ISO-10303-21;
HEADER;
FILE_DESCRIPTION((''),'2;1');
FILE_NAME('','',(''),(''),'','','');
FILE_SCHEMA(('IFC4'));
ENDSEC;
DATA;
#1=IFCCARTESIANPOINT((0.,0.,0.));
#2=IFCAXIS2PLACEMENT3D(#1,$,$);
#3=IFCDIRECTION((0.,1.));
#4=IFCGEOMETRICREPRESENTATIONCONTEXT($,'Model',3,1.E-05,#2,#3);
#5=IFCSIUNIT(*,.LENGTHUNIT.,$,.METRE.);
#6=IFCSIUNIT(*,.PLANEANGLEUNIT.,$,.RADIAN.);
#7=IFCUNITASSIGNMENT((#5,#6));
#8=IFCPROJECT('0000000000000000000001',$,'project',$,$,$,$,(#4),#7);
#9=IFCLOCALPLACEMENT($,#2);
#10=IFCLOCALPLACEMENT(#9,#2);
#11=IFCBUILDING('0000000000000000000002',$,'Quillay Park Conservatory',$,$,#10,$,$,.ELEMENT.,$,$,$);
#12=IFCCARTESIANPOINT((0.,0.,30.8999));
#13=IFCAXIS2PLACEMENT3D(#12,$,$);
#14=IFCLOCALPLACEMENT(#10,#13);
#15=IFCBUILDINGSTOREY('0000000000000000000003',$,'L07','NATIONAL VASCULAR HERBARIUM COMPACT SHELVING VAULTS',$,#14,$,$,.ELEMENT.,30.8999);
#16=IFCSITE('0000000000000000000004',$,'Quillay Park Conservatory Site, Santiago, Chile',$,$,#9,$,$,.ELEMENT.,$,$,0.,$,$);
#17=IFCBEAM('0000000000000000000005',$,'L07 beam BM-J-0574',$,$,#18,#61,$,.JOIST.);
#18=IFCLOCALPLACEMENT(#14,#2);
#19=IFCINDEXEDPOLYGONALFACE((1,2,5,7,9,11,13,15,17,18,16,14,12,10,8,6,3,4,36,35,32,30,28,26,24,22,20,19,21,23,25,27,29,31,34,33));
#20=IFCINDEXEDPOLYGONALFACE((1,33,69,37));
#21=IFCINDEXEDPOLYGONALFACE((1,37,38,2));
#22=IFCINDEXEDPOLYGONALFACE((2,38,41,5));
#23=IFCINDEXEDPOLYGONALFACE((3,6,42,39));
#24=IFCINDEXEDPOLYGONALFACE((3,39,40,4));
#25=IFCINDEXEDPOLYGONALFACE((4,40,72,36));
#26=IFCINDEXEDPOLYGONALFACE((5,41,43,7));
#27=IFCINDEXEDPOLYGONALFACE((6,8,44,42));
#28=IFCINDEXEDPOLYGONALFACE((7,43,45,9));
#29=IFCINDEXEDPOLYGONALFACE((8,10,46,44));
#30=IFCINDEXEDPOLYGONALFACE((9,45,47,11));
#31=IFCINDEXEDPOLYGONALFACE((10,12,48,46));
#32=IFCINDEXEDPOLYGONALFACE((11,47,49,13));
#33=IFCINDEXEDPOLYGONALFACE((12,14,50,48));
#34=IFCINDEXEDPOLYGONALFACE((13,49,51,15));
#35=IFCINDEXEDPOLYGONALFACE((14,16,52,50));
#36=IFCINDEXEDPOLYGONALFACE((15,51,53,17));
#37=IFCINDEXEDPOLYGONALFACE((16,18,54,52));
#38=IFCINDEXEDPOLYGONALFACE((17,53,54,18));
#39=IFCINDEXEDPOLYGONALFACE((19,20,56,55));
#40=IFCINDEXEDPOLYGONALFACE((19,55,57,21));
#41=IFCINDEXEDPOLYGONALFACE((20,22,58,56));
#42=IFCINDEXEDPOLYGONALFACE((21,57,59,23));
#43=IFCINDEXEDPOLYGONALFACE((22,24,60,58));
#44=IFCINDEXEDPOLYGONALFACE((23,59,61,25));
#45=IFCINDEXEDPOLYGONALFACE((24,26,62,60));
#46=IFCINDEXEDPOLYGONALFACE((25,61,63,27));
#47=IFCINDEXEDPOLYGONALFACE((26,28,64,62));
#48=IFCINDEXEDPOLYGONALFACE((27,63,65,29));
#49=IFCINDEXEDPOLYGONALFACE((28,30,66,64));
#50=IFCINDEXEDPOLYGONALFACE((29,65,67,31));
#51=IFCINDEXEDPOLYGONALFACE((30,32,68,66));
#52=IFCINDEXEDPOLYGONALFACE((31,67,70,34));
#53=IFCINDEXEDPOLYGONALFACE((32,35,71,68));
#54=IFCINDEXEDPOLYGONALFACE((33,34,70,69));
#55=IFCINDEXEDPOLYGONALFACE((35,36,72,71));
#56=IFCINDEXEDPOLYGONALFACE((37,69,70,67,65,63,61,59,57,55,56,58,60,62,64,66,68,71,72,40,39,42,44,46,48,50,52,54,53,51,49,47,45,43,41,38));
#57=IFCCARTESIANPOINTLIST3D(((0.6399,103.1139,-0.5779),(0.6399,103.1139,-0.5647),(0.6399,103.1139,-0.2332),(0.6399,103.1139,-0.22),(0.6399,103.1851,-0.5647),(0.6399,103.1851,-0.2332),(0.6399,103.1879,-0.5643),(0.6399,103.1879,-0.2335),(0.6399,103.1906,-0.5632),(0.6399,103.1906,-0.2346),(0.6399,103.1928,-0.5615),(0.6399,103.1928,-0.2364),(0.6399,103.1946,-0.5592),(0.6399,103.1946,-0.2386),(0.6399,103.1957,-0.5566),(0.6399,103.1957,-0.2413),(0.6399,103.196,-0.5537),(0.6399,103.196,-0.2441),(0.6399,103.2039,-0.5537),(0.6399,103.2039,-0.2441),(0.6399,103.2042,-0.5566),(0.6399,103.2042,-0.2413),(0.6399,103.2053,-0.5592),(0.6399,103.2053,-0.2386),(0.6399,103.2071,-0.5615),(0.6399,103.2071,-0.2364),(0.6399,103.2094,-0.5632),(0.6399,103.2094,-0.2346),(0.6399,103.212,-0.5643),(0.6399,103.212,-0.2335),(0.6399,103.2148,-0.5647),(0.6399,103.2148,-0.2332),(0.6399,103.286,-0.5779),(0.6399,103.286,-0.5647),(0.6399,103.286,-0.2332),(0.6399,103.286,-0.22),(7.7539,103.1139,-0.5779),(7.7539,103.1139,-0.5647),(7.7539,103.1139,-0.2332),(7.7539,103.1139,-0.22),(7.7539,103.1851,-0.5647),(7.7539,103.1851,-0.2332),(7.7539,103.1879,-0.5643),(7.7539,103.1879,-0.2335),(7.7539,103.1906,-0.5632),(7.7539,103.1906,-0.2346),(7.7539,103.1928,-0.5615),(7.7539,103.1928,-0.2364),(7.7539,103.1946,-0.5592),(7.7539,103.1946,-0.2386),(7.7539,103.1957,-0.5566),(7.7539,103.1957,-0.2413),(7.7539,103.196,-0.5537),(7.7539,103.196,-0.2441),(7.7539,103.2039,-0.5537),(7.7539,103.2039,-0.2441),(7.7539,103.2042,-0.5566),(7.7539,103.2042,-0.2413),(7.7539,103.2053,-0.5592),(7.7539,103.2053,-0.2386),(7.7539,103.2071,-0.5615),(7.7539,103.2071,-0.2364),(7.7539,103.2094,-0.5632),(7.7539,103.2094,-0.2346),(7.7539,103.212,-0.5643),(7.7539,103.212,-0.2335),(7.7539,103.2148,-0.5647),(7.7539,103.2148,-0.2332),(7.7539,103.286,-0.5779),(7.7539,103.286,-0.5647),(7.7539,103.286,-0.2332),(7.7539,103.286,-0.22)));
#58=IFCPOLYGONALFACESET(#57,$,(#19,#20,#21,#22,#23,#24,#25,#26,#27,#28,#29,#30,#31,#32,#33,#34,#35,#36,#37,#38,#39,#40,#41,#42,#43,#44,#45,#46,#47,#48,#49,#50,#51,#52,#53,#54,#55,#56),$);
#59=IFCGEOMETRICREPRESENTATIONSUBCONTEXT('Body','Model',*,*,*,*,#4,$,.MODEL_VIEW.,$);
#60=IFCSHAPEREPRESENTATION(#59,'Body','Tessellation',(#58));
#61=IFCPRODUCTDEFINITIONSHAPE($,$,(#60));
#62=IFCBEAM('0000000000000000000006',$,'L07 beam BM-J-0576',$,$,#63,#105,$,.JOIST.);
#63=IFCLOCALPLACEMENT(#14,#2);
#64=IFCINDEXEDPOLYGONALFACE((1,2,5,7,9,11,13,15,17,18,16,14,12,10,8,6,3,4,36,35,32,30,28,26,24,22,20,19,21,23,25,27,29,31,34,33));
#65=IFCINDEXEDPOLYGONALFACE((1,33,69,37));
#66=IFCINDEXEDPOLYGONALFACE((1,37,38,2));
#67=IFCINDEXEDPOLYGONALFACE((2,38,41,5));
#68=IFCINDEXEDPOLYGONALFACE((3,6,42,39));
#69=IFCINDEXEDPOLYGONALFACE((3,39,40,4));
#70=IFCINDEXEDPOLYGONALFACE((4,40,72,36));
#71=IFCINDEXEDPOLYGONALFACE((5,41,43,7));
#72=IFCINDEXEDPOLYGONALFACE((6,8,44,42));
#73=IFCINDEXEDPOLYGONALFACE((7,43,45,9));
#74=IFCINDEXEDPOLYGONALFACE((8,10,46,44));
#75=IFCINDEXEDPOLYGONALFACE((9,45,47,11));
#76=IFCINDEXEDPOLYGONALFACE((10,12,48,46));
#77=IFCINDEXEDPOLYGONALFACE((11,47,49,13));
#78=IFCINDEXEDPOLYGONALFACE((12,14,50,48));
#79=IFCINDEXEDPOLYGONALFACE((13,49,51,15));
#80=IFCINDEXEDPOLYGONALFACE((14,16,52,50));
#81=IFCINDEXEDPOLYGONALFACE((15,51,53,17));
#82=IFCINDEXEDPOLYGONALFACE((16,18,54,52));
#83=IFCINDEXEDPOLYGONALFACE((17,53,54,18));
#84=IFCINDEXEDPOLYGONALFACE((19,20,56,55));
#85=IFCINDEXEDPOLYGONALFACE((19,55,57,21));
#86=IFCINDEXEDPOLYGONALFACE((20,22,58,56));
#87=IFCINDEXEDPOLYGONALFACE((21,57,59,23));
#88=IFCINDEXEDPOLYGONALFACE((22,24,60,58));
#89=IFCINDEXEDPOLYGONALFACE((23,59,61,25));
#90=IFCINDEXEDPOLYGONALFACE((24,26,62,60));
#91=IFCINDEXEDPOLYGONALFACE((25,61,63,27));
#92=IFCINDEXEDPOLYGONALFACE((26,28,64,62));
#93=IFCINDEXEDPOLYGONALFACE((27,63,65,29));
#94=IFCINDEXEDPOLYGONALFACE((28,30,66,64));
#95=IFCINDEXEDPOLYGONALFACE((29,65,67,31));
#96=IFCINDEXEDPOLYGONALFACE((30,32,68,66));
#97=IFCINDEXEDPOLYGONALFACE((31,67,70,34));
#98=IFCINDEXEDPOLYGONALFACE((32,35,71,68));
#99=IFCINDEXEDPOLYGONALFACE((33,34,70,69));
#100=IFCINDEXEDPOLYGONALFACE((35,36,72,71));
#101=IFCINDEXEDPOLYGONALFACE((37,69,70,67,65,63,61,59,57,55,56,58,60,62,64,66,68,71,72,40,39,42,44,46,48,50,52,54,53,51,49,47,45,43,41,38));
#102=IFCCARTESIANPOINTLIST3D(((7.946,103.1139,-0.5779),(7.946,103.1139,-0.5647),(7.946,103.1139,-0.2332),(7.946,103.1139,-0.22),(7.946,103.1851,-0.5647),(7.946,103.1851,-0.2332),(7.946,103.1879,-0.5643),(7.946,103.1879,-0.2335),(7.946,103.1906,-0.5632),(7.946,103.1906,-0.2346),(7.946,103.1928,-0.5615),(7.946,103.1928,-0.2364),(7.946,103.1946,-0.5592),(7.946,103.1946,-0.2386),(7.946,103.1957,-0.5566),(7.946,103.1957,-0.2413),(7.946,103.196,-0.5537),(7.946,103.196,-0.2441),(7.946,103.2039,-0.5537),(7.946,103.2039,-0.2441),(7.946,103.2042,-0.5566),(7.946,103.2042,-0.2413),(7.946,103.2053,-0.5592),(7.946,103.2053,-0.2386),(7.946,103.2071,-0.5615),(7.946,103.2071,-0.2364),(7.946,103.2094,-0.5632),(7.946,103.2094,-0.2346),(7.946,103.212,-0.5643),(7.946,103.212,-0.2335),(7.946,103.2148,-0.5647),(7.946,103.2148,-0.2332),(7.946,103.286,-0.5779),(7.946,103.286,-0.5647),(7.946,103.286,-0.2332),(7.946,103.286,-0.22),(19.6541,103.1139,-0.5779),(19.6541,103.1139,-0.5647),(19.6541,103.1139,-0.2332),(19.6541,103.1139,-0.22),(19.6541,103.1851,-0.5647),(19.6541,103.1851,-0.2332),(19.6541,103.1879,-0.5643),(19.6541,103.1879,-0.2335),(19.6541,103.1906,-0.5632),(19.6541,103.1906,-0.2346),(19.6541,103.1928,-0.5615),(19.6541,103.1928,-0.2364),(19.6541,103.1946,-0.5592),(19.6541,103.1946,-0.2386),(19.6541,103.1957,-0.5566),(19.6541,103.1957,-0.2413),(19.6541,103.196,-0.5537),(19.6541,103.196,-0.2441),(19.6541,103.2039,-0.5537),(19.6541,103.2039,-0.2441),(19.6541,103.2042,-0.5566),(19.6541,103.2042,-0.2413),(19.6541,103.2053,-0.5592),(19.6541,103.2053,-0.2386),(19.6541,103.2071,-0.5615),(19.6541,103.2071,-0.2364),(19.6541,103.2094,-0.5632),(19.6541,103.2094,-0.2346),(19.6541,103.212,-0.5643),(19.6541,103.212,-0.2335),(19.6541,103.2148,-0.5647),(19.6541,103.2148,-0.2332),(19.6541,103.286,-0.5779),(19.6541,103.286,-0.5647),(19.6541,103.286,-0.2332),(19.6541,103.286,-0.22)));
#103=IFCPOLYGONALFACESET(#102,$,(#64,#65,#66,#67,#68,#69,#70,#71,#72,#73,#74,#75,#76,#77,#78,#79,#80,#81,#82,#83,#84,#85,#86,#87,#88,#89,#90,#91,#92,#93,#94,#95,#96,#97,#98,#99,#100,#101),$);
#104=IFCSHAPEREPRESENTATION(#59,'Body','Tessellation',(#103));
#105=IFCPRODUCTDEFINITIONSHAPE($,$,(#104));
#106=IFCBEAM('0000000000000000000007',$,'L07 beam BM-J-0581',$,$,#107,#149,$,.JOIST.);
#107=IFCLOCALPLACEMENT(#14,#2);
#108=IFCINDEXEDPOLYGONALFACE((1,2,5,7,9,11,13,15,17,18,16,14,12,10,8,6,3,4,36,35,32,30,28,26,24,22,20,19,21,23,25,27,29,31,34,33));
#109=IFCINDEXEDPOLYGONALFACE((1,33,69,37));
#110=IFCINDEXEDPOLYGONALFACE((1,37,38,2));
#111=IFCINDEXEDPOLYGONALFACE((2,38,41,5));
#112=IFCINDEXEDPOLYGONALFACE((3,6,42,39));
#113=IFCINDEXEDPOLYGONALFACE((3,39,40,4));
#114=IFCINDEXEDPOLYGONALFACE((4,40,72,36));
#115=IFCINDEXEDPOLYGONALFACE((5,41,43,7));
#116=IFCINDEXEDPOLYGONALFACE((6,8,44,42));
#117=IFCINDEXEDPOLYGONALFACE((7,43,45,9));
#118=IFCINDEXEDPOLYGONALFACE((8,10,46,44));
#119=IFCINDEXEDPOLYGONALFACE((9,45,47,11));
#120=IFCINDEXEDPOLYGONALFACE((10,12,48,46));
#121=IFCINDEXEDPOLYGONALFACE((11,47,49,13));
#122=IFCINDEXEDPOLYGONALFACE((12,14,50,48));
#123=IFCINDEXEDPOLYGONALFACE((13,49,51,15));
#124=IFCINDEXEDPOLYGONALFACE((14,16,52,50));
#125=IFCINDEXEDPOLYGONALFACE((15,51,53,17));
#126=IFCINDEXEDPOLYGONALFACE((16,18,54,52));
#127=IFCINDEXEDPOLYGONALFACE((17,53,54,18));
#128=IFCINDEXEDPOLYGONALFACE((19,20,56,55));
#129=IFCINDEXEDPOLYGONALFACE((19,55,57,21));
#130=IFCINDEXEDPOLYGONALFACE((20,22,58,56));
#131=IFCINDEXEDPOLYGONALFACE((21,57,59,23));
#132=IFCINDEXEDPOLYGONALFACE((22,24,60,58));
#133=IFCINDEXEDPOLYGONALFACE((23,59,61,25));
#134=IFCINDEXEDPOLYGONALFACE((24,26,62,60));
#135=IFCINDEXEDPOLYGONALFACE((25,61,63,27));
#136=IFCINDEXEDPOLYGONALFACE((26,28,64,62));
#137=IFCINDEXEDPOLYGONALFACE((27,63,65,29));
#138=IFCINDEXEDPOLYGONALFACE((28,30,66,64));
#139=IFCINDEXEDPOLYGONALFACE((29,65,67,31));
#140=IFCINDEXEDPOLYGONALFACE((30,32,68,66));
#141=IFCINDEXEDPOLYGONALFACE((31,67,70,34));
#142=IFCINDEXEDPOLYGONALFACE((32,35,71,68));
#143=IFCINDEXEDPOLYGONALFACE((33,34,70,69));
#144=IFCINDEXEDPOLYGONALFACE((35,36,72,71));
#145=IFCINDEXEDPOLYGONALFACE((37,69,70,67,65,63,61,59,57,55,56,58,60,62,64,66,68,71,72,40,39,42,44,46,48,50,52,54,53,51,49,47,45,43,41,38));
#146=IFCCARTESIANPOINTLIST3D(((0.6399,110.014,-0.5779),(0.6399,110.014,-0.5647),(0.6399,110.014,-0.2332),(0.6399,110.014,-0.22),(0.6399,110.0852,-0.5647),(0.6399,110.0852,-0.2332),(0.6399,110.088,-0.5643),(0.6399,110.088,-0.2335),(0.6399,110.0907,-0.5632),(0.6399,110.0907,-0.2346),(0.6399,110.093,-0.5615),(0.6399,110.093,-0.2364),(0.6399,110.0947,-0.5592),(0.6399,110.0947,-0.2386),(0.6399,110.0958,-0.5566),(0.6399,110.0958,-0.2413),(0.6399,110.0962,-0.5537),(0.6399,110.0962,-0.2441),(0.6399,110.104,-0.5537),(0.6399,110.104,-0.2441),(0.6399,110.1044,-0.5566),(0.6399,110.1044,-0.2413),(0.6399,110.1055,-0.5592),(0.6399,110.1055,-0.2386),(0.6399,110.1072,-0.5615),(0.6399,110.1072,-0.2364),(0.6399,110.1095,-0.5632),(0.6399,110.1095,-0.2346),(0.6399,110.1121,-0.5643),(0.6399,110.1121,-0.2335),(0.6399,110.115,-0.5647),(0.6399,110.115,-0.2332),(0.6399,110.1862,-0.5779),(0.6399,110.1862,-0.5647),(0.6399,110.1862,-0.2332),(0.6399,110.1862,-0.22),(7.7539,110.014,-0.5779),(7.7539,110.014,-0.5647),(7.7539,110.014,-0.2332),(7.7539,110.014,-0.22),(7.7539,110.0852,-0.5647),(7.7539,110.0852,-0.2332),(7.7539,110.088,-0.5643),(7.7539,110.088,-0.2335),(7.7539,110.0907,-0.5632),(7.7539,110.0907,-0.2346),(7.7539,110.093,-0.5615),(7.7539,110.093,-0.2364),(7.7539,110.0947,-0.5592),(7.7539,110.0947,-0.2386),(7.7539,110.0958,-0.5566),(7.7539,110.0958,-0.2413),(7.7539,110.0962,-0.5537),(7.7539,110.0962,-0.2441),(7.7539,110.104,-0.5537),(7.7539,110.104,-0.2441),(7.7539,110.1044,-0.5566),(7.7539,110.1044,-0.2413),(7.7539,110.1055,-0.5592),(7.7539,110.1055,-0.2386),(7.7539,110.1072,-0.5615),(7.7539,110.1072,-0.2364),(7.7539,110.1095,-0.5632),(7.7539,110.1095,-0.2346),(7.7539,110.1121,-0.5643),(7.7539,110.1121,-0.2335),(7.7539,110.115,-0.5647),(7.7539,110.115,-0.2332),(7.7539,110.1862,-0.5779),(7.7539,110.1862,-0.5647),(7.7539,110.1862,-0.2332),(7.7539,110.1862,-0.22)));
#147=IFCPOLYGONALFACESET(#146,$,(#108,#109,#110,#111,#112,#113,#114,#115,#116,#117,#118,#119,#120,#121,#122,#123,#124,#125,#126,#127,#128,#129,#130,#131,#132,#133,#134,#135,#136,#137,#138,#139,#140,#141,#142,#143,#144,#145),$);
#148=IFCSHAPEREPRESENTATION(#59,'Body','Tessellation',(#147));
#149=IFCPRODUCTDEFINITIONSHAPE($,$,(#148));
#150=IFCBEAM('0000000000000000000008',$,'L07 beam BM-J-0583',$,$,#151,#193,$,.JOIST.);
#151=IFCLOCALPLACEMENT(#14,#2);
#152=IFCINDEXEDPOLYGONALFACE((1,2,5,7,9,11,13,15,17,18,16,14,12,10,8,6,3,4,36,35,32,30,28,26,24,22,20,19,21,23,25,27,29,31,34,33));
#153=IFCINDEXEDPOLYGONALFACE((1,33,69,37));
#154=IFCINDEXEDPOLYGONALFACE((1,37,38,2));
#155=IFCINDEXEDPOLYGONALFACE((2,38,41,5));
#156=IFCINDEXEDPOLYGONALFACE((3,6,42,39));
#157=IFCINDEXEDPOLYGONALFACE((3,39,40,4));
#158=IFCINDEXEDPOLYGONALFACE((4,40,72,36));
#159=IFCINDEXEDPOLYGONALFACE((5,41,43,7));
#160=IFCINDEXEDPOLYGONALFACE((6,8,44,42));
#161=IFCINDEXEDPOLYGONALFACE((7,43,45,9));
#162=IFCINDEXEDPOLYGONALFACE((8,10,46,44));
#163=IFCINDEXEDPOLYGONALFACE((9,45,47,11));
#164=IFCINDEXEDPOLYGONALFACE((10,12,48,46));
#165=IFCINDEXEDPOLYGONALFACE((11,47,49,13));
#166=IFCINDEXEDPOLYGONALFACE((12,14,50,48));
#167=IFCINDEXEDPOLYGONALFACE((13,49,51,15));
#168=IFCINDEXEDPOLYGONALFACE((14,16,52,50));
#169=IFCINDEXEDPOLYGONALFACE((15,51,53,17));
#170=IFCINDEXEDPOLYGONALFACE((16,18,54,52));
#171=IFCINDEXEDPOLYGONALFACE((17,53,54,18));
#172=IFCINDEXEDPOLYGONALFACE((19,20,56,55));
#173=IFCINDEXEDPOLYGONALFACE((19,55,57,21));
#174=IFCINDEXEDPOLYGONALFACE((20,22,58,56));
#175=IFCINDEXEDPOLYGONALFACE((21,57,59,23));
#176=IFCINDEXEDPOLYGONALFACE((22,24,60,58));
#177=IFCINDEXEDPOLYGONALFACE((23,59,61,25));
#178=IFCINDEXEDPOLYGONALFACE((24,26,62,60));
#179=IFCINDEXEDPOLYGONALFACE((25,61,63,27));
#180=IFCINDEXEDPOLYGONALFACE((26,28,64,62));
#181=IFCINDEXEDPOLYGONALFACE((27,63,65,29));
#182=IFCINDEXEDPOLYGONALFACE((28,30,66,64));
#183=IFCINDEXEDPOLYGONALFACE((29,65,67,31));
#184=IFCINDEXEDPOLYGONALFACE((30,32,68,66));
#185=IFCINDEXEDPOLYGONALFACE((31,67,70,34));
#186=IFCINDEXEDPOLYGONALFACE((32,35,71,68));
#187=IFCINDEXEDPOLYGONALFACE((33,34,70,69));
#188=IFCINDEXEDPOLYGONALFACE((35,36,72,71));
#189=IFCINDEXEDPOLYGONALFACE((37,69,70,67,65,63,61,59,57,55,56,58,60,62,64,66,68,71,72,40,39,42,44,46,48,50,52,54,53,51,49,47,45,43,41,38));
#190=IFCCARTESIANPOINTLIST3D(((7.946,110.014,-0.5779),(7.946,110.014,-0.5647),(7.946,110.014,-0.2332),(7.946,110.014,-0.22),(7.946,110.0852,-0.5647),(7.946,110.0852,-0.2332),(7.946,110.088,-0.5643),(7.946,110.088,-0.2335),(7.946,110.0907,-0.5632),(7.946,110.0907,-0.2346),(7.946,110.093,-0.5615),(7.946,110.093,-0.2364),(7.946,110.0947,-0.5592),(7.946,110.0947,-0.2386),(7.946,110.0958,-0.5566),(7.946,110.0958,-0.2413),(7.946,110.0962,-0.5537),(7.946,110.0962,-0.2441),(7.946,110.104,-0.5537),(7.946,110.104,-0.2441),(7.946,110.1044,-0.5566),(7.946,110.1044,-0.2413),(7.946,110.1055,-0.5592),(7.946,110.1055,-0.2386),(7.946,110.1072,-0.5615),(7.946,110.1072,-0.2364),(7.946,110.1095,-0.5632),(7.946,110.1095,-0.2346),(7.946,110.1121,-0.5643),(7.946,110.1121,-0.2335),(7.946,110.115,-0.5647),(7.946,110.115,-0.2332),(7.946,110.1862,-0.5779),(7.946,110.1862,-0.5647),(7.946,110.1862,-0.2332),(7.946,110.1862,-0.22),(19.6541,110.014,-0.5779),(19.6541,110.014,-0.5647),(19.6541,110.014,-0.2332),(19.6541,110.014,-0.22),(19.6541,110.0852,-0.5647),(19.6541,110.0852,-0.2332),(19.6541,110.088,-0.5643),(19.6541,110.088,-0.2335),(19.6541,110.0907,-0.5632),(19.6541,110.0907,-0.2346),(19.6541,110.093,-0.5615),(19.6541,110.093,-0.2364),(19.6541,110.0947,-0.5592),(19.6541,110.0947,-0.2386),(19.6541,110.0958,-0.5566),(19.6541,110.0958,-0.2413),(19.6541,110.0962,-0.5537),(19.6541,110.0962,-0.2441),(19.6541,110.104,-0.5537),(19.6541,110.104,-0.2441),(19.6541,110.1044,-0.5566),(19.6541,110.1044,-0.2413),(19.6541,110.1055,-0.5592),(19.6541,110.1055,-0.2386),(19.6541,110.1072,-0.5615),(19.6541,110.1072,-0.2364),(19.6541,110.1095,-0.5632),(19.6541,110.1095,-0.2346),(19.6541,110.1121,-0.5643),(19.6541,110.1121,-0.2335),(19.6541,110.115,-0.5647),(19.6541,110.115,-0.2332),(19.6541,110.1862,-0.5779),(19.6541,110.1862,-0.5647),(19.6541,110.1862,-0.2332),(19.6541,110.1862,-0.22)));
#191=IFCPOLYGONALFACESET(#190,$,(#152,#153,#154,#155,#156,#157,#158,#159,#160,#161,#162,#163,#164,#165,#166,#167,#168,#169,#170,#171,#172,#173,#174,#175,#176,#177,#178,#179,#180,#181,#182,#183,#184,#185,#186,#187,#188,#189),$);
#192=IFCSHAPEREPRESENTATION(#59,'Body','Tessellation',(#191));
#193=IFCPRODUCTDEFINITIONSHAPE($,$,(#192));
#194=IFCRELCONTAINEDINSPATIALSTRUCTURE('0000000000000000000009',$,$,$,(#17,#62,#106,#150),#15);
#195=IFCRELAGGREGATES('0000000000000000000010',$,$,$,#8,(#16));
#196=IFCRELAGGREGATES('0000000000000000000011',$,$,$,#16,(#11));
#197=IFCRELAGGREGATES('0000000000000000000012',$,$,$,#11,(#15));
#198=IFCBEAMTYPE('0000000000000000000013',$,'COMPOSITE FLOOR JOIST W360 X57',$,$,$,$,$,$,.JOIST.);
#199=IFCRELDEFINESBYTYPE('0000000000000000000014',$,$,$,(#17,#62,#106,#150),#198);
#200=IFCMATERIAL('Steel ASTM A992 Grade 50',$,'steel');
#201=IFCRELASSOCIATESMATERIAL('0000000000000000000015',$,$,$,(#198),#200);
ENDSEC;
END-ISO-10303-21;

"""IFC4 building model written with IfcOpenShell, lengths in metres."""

from ifc_helpers import new_model, si_unit, direction, frame, origin, origin_2d, place, context, subcontext, project, spatial, i_section, extrude, material, material_profile, profile_set, type_object, element, save


model = new_model("IFC4")

# Units and contexts
model_context = context("Model", 3, precision=1e-05, world=origin(), true_north=direction((0.0, 1.0)))
body_context = subcontext(model_context, "Body", "Model", "MODEL_VIEW")
ifc_project = project(units=[si_unit("LENGTHUNIT", "METRE"), si_unit("PLANEANGLEUNIT", "RADIAN")], contexts=[model_context])

# Site, building, storey
site_placement = place(None, origin())
site = spatial("IfcSite", under=ifc_project, at=site_placement, Name="Quillay Park Conservatory Site, Santiago, Chile", CompositionType="ELEMENT", RefElevation=0.0)
building_placement = place(site_placement, origin())
building = spatial("IfcBuilding", under=site, at=building_placement, Name="Quillay Park Conservatory", CompositionType="ELEMENT")
storey_placement = place(building_placement, frame((0.0, 0.0, 30.8999)))
storey = spatial("IfcBuildingStorey", under=building, at=storey_placement, Name="L07", Description="NATIONAL VASCULAR HERBARIUM COMPACT SHELVING VAULTS", CompositionType="ELEMENT", Elevation=30.8999)

# Beams
ifc_material_1 = material(Name="Steel ASTM A992 Grade 50", Category="steel")
ifc_material_profile_1 = material_profile(ifc_material_1, i_section(OverallWidth=0.1721, OverallDepth=0.3579, WebThickness=0.0078, FlangeThickness=0.0132, FilletRadius=0.011, at=origin_2d()), Name="W360x57")
ifc_profile_set_1 = profile_set([ifc_material_profile_1], Name="Steel ASTM A992 Grade 50")
beam_type_1 = type_object("IfcBeamType", Name="COMPOSITE FLOOR JOIST W360 X57", PredefinedType="JOIST", material=ifc_profile_set_1)
beam_1_placement = place(storey_placement, frame((0.6399, 103.2, -0.3989), z_axis=(1.0, 0.0, 0.0), x_axis=(0.0, 1.0, 0.0)))
element("IfcBeam", 1, at=beam_1_placement, inside=storey, type_object=beam_type_1, Name="L07 beam BM-J-0574", PredefinedType="JOIST", context=body_context, shape_type="SweptSolid", body=[
    extrude(i_section(OverallWidth=0.1721, OverallDepth=0.3579, WebThickness=0.0078, FlangeThickness=0.0132, FilletRadius=0.011, at=origin_2d()), origin(), (0.0, 0.0, 1.0), 7.114),
])
beam_2_placement = place(storey_placement, frame((7.946, 103.2, -0.3989), z_axis=(1.0, 0.0, 0.0), x_axis=(0.0, 1.0, 0.0)))
element("IfcBeam", 2, at=beam_2_placement, inside=storey, type_object=beam_type_1, Name="L07 beam BM-J-0576", PredefinedType="JOIST", context=body_context, shape_type="SweptSolid", body=[
    extrude(i_section(OverallWidth=0.1721, OverallDepth=0.3579, WebThickness=0.0078, FlangeThickness=0.0132, FilletRadius=0.011, at=origin_2d()), origin(), (0.0, 0.0, 1.0), 11.708),
])
beam_3_placement = place(storey_placement, frame((0.6399, 110.1001, -0.3989), z_axis=(1.0, 0.0, 0.0), x_axis=(0.0, 1.0, 0.0)))
element("IfcBeam", 3, at=beam_3_placement, inside=storey, type_object=beam_type_1, Name="L07 beam BM-J-0581", PredefinedType="JOIST", context=body_context, shape_type="SweptSolid", body=[
    extrude(i_section(OverallWidth=0.1721, OverallDepth=0.3579, WebThickness=0.0078, FlangeThickness=0.0132, FilletRadius=0.011, at=origin_2d()), origin(), (0.0, 0.0, 1.0), 7.114),
])
beam_4_placement = place(storey_placement, frame((7.946, 110.1001, -0.3989), z_axis=(1.0, 0.0, 0.0), x_axis=(0.0, 1.0, 0.0)))
element("IfcBeam", 4, at=beam_4_placement, inside=storey, type_object=beam_type_1, Name="L07 beam BM-J-0583", PredefinedType="JOIST", context=body_context, shape_type="SweptSolid", body=[
    extrude(i_section(OverallWidth=0.1721, OverallDepth=0.3579, WebThickness=0.0078, FlangeThickness=0.0132, FilletRadius=0.011, at=origin_2d()), origin(), (0.0, 0.0, 1.0), 11.708),
])

save(model, "model.ifc")
